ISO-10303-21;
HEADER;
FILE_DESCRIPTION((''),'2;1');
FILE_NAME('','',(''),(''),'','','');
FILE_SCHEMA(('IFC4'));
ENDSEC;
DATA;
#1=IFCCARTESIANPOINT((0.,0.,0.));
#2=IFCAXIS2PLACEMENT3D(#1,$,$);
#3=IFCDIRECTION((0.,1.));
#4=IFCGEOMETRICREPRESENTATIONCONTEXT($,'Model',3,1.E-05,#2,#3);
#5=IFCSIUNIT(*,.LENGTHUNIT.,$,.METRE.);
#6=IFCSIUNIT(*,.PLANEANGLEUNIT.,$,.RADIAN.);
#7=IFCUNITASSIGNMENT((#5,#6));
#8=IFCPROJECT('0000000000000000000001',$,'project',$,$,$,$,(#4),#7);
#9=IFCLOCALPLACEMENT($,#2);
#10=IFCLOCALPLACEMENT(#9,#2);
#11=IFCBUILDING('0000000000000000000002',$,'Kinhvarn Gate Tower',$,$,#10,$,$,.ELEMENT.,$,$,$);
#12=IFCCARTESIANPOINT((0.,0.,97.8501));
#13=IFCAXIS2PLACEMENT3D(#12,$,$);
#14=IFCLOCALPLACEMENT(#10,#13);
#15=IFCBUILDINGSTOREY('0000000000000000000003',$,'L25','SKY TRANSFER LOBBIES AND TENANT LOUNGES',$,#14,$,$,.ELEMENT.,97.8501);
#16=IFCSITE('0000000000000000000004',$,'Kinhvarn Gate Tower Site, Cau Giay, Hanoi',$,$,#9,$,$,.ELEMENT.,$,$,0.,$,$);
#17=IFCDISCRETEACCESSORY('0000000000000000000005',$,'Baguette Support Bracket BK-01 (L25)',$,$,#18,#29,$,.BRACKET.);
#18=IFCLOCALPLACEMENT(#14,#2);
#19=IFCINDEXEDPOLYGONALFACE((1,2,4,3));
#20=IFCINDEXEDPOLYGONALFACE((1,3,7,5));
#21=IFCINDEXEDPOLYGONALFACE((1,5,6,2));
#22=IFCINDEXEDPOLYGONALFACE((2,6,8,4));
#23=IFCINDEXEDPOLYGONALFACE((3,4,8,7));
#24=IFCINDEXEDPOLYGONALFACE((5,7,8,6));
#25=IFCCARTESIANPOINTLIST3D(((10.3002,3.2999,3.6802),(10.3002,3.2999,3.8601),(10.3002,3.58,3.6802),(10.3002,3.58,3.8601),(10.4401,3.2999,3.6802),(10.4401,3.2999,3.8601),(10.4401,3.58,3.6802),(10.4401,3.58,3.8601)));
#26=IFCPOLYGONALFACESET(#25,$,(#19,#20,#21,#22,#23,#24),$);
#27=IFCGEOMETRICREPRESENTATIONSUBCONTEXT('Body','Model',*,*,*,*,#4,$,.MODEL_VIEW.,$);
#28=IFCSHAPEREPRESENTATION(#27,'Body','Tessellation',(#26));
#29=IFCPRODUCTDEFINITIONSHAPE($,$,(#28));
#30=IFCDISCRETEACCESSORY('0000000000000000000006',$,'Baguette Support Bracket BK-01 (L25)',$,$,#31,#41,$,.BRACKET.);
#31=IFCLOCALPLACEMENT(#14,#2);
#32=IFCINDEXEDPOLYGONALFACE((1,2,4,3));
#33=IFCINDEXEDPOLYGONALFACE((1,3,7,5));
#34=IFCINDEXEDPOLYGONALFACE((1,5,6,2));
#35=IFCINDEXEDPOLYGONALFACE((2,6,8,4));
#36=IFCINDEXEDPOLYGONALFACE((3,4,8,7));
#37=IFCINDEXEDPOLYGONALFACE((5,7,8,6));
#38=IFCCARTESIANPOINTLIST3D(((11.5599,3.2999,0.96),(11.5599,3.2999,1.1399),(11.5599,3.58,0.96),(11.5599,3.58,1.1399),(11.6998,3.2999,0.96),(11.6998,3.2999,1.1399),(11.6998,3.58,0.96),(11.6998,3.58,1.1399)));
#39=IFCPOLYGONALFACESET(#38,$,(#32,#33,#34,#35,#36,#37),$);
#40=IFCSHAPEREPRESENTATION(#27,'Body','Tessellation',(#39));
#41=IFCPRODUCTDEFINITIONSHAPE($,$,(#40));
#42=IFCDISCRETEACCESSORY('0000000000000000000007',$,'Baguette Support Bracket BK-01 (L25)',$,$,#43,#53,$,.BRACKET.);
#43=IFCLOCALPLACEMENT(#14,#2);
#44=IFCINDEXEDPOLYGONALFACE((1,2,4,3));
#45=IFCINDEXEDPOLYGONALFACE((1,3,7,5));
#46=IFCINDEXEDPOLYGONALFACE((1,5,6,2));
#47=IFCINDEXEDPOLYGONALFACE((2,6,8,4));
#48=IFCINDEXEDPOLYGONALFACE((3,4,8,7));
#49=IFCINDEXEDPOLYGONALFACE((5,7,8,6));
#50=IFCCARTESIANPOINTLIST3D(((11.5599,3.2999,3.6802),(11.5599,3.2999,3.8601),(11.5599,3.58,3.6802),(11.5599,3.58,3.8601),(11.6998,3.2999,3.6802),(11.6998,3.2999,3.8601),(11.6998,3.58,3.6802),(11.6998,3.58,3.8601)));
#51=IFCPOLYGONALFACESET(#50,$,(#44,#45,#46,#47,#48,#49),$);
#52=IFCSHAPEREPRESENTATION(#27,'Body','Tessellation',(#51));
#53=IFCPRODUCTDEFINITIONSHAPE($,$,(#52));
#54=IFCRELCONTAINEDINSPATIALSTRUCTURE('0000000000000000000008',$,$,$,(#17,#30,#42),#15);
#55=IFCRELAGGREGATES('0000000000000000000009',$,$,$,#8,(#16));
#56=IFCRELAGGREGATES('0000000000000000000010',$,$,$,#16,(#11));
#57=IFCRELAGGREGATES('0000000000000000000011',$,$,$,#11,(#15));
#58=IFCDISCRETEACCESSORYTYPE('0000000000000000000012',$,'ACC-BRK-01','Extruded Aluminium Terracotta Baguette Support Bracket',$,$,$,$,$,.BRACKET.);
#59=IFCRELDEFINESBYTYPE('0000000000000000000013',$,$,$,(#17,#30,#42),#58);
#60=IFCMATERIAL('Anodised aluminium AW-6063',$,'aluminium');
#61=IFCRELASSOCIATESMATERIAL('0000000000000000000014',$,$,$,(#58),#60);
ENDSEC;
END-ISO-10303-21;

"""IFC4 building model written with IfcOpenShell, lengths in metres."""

from ifc_helpers import new_model, si_unit, direction, frame, origin, origin_2d, place, context, subcontext, project, spatial, rectangle, extrude, material, type_object, element, save


model = new_model("IFC4")

# Units and contexts
model_context = context("Model", 3, precision=1e-05, world=origin(), true_north=direction((0.0, 1.0)))
body_context = subcontext(model_context, "Body", "Model", "MODEL_VIEW")
ifc_project = project(units=[si_unit("LENGTHUNIT", "METRE"), si_unit("PLANEANGLEUNIT", "RADIAN")], contexts=[model_context])

# Site, building, storey
site_placement = place(None, origin())
site = spatial("IfcSite", under=ifc_project, at=site_placement, Name="Kinhvarn Gate Tower Site, Cau Giay, Hanoi", CompositionType="ELEMENT", RefElevation=0.0)
building_placement = place(site_placement, origin())
building = spatial("IfcBuilding", under=site, at=building_placement, Name="Kinhvarn Gate Tower", CompositionType="ELEMENT")
storey_placement = place(building_placement, frame((0.0, 0.0, 97.8501)))
storey = spatial("IfcBuildingStorey", under=building, at=storey_placement, Name="L25", Description="SKY TRANSFER LOBBIES AND TENANT LOUNGES", CompositionType="ELEMENT", Elevation=97.8501)

# Shared definitions
ifc_material_1 = material(Name="Anodised aluminium AW-6063", Category="aluminium")

# Discrete accessories
discrete_accessory_type = type_object("IfcDiscreteAccessoryType", Name="ACC-BRK-01", Description="Extruded Aluminium Terracotta Baguette Support Bracket", PredefinedType="BRACKET", material=ifc_material_1)
for number, where, z_axis, x_axis, name in (
    (1, (10.3701, 3.4399, 3.6802), (0.0, 0.0, 1.0), (1.0, 0.0, 0.0), "Baguette Support Bracket BK-01 (L25)"),
    (2, (11.6299, 3.4399, 0.96), (0.0, 0.0, 1.0), (1.0, 0.0, 0.0), "Baguette Support Bracket BK-01 (L25)"),
    (3, (11.6299, 3.4399, 3.6802), (0.0, 0.0, 1.0), (1.0, 0.0, 0.0), "Baguette Support Bracket BK-01 (L25)"),
):
    element("IfcDiscreteAccessory", number, at=place(storey_placement, frame(where, z_axis=z_axis, x_axis=x_axis)), inside=storey, type_object=discrete_accessory_type, Name=name, PredefinedType="BRACKET", context=body_context, shape_type="SweptSolid", body=[
        extrude(rectangle(XDim=0.1399, YDim=0.28, at=origin_2d()), origin(), (0.0, 0.0, 1.0), 0.1799),
    ])

save(model, "model.ifc")
